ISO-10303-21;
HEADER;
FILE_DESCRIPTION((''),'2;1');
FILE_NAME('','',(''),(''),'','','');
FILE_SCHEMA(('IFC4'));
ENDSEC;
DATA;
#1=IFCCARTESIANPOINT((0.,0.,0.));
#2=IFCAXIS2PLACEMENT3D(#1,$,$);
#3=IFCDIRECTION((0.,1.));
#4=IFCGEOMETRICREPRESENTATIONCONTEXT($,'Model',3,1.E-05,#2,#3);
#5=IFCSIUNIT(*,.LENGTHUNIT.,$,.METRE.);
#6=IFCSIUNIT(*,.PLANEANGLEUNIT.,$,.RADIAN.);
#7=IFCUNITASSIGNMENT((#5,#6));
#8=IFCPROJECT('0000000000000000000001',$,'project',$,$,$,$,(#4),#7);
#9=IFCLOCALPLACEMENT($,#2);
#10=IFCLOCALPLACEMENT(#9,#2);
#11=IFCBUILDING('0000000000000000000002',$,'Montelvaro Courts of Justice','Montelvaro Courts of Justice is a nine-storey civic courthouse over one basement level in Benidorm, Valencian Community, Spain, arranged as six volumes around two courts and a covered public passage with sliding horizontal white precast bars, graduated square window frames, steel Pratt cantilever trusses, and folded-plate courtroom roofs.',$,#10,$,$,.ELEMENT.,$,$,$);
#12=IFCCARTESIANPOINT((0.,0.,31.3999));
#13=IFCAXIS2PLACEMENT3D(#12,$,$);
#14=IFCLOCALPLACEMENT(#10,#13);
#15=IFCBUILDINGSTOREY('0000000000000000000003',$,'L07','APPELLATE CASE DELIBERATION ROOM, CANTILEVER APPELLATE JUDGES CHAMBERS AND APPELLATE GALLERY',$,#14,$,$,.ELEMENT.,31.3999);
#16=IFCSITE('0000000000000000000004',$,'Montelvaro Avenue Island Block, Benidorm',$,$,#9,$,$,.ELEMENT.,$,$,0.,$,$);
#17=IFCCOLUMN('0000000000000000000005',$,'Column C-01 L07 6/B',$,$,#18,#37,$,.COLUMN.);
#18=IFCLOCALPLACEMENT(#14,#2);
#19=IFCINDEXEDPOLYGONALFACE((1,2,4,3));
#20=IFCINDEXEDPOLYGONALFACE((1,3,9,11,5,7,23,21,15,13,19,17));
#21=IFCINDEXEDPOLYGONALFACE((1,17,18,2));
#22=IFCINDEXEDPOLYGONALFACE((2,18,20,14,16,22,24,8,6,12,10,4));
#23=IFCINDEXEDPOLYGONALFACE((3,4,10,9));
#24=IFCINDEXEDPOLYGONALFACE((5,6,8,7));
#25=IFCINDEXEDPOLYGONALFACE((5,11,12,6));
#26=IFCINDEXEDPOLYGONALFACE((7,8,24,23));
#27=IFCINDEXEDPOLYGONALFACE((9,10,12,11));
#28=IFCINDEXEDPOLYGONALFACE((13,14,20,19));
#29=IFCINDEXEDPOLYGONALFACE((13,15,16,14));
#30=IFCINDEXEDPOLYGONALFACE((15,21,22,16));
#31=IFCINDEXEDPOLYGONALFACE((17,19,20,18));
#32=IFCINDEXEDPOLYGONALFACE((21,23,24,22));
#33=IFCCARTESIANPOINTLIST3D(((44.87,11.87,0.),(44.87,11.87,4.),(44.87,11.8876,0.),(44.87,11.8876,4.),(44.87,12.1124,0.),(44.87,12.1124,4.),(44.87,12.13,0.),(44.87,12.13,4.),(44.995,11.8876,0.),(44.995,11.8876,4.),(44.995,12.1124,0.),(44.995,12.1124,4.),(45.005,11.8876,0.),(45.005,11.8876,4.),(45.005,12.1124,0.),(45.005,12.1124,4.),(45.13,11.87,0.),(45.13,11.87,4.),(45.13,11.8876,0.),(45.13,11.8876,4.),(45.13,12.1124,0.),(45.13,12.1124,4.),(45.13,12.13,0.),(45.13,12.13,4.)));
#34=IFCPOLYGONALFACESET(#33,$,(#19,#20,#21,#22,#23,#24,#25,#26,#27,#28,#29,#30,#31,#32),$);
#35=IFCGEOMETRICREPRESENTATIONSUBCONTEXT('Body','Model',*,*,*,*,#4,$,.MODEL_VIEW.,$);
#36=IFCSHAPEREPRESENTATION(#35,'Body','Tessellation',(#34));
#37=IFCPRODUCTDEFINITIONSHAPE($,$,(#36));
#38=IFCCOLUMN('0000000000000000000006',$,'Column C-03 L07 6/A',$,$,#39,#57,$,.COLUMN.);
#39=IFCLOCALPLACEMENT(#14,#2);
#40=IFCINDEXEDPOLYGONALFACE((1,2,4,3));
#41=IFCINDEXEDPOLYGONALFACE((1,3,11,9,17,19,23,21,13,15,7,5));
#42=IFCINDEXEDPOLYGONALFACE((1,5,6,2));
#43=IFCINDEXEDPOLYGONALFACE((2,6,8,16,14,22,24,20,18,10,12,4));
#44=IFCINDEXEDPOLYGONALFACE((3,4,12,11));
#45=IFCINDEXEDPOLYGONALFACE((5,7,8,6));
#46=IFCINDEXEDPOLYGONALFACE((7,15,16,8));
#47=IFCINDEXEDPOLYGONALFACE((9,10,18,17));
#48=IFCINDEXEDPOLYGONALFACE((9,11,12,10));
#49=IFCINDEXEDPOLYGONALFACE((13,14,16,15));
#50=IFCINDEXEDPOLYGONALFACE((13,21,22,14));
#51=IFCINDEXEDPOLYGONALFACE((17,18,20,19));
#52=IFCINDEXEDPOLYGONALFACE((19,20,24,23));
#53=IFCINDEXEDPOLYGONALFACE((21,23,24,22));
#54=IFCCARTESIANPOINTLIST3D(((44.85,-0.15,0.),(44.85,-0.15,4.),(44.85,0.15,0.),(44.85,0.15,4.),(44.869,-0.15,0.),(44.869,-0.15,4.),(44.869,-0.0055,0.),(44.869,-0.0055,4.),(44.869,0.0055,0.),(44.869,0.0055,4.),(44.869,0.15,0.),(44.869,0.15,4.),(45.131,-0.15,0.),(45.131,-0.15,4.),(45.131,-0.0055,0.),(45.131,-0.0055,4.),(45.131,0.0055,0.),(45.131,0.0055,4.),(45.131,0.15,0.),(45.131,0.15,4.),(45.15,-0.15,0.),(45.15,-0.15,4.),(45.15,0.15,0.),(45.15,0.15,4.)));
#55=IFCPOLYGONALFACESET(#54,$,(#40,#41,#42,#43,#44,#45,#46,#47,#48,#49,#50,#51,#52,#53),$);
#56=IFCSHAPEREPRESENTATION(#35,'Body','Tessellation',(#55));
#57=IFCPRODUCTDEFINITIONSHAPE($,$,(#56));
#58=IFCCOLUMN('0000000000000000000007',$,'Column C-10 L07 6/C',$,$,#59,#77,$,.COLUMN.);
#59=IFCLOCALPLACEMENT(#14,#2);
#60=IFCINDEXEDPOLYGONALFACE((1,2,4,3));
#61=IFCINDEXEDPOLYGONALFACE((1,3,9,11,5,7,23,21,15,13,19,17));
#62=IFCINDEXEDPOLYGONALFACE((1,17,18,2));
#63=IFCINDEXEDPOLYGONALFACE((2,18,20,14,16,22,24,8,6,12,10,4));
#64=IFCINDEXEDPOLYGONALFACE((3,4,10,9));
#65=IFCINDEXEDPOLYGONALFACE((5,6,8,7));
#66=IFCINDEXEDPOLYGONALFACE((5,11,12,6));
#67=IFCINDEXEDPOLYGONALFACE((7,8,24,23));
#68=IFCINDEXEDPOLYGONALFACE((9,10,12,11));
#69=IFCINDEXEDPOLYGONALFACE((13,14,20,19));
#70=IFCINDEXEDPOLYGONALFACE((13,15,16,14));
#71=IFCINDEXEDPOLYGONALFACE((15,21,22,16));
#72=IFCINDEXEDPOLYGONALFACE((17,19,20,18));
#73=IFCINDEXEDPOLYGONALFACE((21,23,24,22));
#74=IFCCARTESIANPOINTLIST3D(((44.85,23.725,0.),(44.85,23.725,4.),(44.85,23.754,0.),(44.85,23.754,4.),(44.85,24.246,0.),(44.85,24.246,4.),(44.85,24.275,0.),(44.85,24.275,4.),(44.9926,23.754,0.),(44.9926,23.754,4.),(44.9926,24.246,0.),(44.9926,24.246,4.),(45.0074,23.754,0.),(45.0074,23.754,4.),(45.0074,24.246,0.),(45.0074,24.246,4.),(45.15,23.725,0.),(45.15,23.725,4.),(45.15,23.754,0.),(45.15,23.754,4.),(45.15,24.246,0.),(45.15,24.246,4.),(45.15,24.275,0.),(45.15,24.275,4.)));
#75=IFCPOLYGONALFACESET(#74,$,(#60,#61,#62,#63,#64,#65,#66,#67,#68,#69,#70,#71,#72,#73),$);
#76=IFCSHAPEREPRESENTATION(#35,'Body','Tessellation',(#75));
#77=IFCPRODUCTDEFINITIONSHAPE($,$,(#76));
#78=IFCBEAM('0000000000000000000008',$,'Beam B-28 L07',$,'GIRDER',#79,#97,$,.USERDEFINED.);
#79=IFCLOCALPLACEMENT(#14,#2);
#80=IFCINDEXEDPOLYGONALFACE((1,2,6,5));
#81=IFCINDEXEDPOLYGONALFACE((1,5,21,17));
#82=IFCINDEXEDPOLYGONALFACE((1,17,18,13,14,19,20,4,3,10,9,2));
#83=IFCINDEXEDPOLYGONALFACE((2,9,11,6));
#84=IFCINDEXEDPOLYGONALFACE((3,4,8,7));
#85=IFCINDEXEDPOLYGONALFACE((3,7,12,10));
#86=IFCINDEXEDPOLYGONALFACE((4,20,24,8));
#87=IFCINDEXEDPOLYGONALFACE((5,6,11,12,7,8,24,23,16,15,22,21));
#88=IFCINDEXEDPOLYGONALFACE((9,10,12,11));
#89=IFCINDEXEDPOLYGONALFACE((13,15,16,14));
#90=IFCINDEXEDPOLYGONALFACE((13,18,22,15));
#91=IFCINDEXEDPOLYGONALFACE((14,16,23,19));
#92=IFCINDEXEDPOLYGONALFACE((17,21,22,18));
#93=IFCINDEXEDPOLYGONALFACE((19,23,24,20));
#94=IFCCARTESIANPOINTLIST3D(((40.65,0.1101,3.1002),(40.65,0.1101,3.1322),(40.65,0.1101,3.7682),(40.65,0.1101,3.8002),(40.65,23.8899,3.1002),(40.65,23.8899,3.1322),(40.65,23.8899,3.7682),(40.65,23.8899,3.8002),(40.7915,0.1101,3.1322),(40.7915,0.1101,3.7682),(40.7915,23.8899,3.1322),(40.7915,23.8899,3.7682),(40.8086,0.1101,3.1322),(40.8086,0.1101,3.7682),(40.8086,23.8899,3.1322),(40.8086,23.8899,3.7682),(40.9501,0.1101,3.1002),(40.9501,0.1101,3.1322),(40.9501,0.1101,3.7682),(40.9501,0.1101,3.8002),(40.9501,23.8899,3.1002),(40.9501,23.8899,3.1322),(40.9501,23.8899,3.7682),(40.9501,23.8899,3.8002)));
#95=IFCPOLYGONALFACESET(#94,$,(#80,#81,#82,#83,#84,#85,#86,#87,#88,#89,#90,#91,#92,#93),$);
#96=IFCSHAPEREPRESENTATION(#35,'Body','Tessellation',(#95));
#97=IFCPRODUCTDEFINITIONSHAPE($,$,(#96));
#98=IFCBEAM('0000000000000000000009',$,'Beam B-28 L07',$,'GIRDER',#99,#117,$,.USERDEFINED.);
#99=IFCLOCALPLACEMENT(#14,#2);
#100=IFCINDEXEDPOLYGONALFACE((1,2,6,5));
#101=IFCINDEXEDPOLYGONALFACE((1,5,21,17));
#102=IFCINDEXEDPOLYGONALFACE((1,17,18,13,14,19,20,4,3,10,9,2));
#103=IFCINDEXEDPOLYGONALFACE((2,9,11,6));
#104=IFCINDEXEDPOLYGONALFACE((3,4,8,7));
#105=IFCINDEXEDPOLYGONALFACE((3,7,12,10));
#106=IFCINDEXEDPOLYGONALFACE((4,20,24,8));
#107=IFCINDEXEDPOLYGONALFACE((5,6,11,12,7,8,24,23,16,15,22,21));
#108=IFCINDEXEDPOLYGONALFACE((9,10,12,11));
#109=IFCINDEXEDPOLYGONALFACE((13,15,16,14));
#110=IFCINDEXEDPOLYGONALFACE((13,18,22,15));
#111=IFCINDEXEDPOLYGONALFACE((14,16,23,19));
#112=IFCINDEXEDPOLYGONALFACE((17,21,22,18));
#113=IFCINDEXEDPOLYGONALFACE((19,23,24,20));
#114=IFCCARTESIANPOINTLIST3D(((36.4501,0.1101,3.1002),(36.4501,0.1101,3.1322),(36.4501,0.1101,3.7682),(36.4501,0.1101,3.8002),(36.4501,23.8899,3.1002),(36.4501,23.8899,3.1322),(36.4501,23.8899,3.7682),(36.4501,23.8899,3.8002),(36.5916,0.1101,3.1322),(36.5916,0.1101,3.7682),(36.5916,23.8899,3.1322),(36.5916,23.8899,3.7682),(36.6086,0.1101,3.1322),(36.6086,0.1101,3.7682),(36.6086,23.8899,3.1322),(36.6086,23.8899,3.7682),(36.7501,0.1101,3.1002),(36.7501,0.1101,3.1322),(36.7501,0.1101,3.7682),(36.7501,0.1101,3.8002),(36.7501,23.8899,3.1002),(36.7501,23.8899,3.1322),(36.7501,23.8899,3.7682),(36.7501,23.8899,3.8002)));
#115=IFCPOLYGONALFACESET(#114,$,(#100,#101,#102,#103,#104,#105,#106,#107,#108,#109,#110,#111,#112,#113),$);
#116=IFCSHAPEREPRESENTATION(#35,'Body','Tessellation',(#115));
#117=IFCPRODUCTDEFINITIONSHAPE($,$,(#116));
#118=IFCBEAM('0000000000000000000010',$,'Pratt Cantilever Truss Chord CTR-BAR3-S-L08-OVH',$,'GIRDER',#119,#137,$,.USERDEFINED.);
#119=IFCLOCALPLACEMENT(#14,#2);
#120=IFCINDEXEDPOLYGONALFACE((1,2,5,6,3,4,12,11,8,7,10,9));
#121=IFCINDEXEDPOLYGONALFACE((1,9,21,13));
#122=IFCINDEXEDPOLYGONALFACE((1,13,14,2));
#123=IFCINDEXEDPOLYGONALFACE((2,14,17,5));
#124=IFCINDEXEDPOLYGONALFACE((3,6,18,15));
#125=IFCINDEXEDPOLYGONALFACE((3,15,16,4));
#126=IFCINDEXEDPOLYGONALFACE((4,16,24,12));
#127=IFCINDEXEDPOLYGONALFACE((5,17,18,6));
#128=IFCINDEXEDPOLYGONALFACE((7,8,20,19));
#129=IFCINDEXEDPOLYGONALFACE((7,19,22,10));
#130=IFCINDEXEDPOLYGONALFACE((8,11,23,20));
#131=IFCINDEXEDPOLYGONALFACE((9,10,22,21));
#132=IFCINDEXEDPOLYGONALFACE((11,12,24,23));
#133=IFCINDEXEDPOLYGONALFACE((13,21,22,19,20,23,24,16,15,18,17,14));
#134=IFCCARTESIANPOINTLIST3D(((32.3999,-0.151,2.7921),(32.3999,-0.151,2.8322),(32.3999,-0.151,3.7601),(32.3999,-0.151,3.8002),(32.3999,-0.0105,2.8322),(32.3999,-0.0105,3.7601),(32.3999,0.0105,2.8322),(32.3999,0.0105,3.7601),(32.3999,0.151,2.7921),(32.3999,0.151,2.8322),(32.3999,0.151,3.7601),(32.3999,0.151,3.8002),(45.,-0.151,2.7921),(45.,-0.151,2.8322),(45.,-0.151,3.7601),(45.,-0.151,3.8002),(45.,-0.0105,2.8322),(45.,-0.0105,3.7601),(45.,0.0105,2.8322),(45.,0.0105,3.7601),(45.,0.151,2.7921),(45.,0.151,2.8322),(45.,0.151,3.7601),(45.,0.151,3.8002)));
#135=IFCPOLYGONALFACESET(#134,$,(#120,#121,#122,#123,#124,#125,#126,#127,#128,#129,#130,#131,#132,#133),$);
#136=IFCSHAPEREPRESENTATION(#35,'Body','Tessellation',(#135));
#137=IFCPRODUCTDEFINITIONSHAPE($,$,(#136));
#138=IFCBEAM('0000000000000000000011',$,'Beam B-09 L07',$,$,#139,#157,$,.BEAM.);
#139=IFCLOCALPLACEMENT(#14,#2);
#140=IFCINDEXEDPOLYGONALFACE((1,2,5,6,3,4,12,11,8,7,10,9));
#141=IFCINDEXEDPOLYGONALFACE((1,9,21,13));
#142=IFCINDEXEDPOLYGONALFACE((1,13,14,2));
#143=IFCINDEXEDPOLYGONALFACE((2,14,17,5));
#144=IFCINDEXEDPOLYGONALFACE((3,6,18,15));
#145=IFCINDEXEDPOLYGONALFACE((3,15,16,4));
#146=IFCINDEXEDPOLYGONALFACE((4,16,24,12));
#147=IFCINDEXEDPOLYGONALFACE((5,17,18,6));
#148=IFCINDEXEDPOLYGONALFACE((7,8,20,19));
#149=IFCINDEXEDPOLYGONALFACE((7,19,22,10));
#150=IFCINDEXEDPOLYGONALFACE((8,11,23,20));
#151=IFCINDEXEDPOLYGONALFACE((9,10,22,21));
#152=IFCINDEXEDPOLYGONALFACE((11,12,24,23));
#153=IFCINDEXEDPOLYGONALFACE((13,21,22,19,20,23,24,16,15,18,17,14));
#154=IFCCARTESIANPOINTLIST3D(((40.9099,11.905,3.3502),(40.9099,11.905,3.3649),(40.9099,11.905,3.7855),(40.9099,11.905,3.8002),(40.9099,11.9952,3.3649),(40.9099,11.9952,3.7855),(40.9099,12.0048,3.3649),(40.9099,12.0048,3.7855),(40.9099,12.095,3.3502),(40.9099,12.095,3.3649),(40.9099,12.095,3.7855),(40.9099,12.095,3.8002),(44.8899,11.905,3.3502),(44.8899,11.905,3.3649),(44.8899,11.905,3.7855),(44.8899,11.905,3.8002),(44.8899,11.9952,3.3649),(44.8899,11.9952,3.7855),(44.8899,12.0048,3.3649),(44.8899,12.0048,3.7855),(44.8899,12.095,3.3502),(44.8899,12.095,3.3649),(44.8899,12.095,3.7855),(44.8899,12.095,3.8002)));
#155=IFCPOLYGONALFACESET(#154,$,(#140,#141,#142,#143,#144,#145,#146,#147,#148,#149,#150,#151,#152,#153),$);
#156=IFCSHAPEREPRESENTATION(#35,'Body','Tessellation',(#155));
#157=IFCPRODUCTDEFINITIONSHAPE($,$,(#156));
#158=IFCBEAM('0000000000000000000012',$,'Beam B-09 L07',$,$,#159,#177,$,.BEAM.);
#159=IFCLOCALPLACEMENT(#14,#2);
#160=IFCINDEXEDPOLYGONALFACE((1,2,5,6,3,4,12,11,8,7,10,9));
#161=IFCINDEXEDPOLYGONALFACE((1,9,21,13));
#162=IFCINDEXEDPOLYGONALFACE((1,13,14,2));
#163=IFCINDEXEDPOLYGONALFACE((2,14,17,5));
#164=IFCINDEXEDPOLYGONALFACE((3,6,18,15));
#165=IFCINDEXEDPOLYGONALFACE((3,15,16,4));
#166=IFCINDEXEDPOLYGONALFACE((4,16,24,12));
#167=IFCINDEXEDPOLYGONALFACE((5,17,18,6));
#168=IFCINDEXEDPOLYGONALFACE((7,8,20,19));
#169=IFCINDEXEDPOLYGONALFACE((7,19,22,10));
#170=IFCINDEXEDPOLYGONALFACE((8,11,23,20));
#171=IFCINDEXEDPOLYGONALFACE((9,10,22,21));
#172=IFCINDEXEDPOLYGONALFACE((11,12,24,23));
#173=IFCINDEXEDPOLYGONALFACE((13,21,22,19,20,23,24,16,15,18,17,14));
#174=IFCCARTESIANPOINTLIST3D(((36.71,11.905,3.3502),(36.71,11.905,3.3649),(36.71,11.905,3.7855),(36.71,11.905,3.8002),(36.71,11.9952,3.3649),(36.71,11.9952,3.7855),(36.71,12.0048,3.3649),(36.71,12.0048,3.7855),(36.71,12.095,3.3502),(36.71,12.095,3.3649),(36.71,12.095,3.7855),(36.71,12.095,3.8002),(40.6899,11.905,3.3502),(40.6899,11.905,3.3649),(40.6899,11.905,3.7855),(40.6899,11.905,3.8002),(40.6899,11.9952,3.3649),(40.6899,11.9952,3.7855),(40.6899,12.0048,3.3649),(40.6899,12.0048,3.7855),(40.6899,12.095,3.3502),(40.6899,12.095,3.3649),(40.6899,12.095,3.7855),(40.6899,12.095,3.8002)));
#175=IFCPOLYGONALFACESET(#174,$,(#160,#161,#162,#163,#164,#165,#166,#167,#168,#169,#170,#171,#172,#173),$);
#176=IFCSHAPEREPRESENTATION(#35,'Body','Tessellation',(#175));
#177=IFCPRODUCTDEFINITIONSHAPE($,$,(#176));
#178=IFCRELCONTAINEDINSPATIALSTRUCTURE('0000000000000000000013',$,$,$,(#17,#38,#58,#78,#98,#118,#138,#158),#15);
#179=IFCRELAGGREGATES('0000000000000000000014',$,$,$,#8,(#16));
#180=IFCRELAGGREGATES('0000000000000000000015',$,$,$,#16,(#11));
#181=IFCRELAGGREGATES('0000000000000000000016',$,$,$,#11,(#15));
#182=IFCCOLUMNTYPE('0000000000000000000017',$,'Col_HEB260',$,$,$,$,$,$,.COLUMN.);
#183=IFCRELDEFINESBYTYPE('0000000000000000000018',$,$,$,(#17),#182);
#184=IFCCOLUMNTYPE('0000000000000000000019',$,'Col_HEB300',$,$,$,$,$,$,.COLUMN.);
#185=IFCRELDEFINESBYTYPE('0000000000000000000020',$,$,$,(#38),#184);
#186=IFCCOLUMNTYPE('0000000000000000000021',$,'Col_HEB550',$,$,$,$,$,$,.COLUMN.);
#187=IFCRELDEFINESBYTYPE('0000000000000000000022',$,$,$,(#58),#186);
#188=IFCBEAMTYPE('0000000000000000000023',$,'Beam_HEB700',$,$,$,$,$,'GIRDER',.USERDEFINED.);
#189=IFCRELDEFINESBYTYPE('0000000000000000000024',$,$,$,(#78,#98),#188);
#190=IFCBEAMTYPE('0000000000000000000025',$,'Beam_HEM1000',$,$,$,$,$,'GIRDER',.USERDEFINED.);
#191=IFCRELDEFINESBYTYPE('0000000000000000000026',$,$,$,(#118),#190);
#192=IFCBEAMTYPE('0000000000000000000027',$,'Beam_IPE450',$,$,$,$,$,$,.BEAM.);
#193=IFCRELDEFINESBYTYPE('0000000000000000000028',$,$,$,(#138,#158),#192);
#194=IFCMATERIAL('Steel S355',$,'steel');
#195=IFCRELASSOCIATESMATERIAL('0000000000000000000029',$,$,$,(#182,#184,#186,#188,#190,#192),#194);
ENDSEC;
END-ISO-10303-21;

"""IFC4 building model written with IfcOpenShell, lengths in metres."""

from ifc_helpers import new_model, si_unit, direction, frame, origin, origin_2d, place, context, subcontext, project, spatial, i_section, extrude, material, material_profile, profile_set, type_object, element, save


model = new_model("IFC4")

# Units and contexts
model_context = context("Model", 3, precision=1e-05, world=origin(), true_north=direction((0.0, 1.0)))
body_context = subcontext(model_context, "Body", "Model", "MODEL_VIEW")
ifc_project = project(units=[si_unit("LENGTHUNIT", "METRE"), si_unit("PLANEANGLEUNIT", "RADIAN")], contexts=[model_context])

# Site, building, storey
site_placement = place(None, origin())
site = spatial("IfcSite", under=ifc_project, at=site_placement, Name="Montelvaro Avenue Island Block, Benidorm", CompositionType="ELEMENT", RefElevation=0.0)
building_placement = place(site_placement, origin())
building = spatial("IfcBuilding", under=site, at=building_placement, Name="Montelvaro Courts of Justice", Description="Montelvaro Courts of Justice is a nine-storey civic courthouse over one basement level in Benidorm, Valencian Community, Spain, arranged as six volumes around two courts and a covered public passage with sliding horizontal white precast bars, graduated square window frames, steel Pratt cantilever trusses, and folded-plate courtroom roofs.", CompositionType="ELEMENT")
storey_placement = place(building_placement, frame((0.0, 0.0, 31.3999)))
storey = spatial("IfcBuildingStorey", under=building, at=storey_placement, Name="L07", Description="APPELLATE CASE DELIBERATION ROOM, CANTILEVER APPELLATE JUDGES CHAMBERS AND APPELLATE GALLERY", CompositionType="ELEMENT", Elevation=31.3999)

# Columns
ifc_material_1 = material(Name="Steel S355", Category="steel")
ifc_material_profile_1 = material_profile(ifc_material_1, i_section(OverallWidth=0.26, OverallDepth=0.26, WebThickness=0.01, FlangeThickness=0.0176, at=origin_2d()), Name="HEB 260")
ifc_profile_set_1 = profile_set([ifc_material_profile_1], Name="Steel S355")
column_type_1 = type_object("IfcColumnType", Name="Col_HEB260", PredefinedType="COLUMN", material=ifc_profile_set_1)
column_1_placement = place(storey_placement, frame((45.0, 12.0, 0.0), z_axis=(0.0, 0.0, 1.0), x_axis=(1.0, 0.0, 0.0)))
element("IfcColumn", 1, at=column_1_placement, inside=storey, type_object=column_type_1, Name="Column C-01 L07 6/B", PredefinedType="COLUMN", context=body_context, shape_type="SweptSolid", body=[
    extrude(i_section(OverallWidth=0.26, OverallDepth=0.26, WebThickness=0.01, FlangeThickness=0.0176, at=origin_2d()), origin(), (0.0, 0.0, 1.0), 4.0),
])
ifc_material_profile_2 = material_profile(ifc_material_1, i_section(OverallWidth=0.3, OverallDepth=0.3, WebThickness=0.011, FlangeThickness=0.019, at=origin_2d()), Name="HEB 300")
ifc_profile_set_2 = profile_set([ifc_material_profile_2], Name="Steel S355")
column_type_2 = type_object("IfcColumnType", Name="Col_HEB300", PredefinedType="COLUMN", material=ifc_profile_set_2)
column_2_placement = place(storey_placement, frame((45.0, 0.0, 0.0), z_axis=(0.0, 0.0, 1.0), x_axis=(0.0, 1.0, 0.0)))
element("IfcColumn", 2, at=column_2_placement, inside=storey, type_object=column_type_2, Name="Column C-03 L07 6/A", PredefinedType="COLUMN", context=body_context, shape_type="SweptSolid", body=[
    extrude(i_section(OverallWidth=0.3, OverallDepth=0.3, WebThickness=0.011, FlangeThickness=0.019, at=origin_2d()), origin(), (0.0, 0.0, 1.0), 4.0),
])
ifc_material_profile_3 = material_profile(ifc_material_1, i_section(OverallWidth=0.3, OverallDepth=0.55, WebThickness=0.0149, FlangeThickness=0.0291, at=origin_2d()), Name="HEB 550")
ifc_profile_set_3 = profile_set([ifc_material_profile_3], Name="Steel S355")
column_type_3 = type_object("IfcColumnType", Name="Col_HEB550", PredefinedType="COLUMN", material=ifc_profile_set_3)
column_3_placement = place(storey_placement, frame((45.0, 24.0, 0.0), z_axis=(0.0, 0.0, 1.0), x_axis=(1.0, 0.0, 0.0)))
element("IfcColumn", 3, at=column_3_placement, inside=storey, type_object=column_type_3, Name="Column C-10 L07 6/C", PredefinedType="COLUMN", context=body_context, shape_type="SweptSolid", body=[
    extrude(i_section(OverallWidth=0.3, OverallDepth=0.55, WebThickness=0.0149, FlangeThickness=0.0291, at=origin_2d()), origin(), (0.0, 0.0, 1.0), 4.0),
])

# Beams
ifc_material_profile_4 = material_profile(ifc_material_1, i_section(OverallWidth=0.3, OverallDepth=0.7, WebThickness=0.0171, FlangeThickness=0.032, at=origin_2d()), Name="HEB 700")
ifc_profile_set_4 = profile_set([ifc_material_profile_4], Name="Steel S355")
beam_type_1 = type_object("IfcBeamType", Name="Beam_HEB700", ElementType="GIRDER", PredefinedType="USERDEFINED", material=ifc_profile_set_4)
for number, where, z_axis, x_axis, name in (
    (4, (40.8, 0.1101, 3.4502), (0.0, 1.0, 0.0), (-1.0, 0.0, 0.0), "Beam B-28 L07"),
    (5, (36.6001, 0.1101, 3.4502), (0.0, 1.0, 0.0), (-1.0, 0.0, 0.0), "Beam B-28 L07"),
):
    element("IfcBeam", number, at=place(storey_placement, frame(where, z_axis=z_axis, x_axis=x_axis)), inside=storey, type_object=beam_type_1, Name=name, ObjectType="GIRDER", PredefinedType="USERDEFINED", context=body_context, shape_type="SweptSolid", body=[
        extrude(i_section(OverallWidth=0.3, OverallDepth=0.7, WebThickness=0.0171, FlangeThickness=0.032, at=origin_2d()), origin(), (0.0, 0.0, 1.0), 23.7798),
    ])
ifc_material_profile_5 = material_profile(ifc_material_1, i_section(OverallWidth=0.302, OverallDepth=1.0081, WebThickness=0.021, FlangeThickness=0.04, at=origin_2d()), Name="HEM 1000")
ifc_profile_set_5 = profile_set([ifc_material_profile_5], Name="Steel S355")
beam_type_2 = type_object("IfcBeamType", Name="Beam_HEM1000", ElementType="GIRDER", PredefinedType="USERDEFINED", material=ifc_profile_set_5)
beam_placement = place(storey_placement, frame((45.0, 0.0, 3.2961), z_axis=(-1.0, 0.0, 0.0), x_axis=(0.0, -1.0, 0.0)))
element("IfcBeam", 6, at=beam_placement, inside=storey, type_object=beam_type_2, Name="Pratt Cantilever Truss Chord CTR-BAR3-S-L08-OVH", ObjectType="GIRDER", PredefinedType="USERDEFINED", context=body_context, shape_type="SweptSolid", body=[
    extrude(i_section(OverallWidth=0.302, OverallDepth=1.0081, WebThickness=0.021, FlangeThickness=0.04, at=origin_2d()), origin(), (0.0, 0.0, 1.0), 12.6001),
])
ifc_material_profile_6 = material_profile(ifc_material_1, i_section(OverallWidth=0.1899, OverallDepth=0.45, WebThickness=0.0095, FlangeThickness=0.0146, at=origin_2d()), Name="IPE 450")
ifc_profile_set_6 = profile_set([ifc_material_profile_6], Name="Steel S355")
beam_type_3 = type_object("IfcBeamType", Name="Beam_IPE450", PredefinedType="BEAM", material=ifc_profile_set_6)
for number, where, z_axis, x_axis, name in (
    (7, (40.9099, 12.0, 3.5752), (1.0, 0.0, 0.0), (0.0, 1.0, 0.0), "Beam B-09 L07"),
    (8, (36.71, 12.0, 3.5752), (1.0, 0.0, 0.0), (0.0, 1.0, 0.0), "Beam B-09 L07"),
):
    element("IfcBeam", number, at=place(storey_placement, frame(where, z_axis=z_axis, x_axis=x_axis)), inside=storey, type_object=beam_type_3, Name=name, PredefinedType="BEAM", context=body_context, shape_type="SweptSolid", body=[
        extrude(i_section(OverallWidth=0.1899, OverallDepth=0.45, WebThickness=0.0095, FlangeThickness=0.0146, at=origin_2d()), origin(), (0.0, 0.0, 1.0), 3.98),
    ])

save(model, "model.ifc")
